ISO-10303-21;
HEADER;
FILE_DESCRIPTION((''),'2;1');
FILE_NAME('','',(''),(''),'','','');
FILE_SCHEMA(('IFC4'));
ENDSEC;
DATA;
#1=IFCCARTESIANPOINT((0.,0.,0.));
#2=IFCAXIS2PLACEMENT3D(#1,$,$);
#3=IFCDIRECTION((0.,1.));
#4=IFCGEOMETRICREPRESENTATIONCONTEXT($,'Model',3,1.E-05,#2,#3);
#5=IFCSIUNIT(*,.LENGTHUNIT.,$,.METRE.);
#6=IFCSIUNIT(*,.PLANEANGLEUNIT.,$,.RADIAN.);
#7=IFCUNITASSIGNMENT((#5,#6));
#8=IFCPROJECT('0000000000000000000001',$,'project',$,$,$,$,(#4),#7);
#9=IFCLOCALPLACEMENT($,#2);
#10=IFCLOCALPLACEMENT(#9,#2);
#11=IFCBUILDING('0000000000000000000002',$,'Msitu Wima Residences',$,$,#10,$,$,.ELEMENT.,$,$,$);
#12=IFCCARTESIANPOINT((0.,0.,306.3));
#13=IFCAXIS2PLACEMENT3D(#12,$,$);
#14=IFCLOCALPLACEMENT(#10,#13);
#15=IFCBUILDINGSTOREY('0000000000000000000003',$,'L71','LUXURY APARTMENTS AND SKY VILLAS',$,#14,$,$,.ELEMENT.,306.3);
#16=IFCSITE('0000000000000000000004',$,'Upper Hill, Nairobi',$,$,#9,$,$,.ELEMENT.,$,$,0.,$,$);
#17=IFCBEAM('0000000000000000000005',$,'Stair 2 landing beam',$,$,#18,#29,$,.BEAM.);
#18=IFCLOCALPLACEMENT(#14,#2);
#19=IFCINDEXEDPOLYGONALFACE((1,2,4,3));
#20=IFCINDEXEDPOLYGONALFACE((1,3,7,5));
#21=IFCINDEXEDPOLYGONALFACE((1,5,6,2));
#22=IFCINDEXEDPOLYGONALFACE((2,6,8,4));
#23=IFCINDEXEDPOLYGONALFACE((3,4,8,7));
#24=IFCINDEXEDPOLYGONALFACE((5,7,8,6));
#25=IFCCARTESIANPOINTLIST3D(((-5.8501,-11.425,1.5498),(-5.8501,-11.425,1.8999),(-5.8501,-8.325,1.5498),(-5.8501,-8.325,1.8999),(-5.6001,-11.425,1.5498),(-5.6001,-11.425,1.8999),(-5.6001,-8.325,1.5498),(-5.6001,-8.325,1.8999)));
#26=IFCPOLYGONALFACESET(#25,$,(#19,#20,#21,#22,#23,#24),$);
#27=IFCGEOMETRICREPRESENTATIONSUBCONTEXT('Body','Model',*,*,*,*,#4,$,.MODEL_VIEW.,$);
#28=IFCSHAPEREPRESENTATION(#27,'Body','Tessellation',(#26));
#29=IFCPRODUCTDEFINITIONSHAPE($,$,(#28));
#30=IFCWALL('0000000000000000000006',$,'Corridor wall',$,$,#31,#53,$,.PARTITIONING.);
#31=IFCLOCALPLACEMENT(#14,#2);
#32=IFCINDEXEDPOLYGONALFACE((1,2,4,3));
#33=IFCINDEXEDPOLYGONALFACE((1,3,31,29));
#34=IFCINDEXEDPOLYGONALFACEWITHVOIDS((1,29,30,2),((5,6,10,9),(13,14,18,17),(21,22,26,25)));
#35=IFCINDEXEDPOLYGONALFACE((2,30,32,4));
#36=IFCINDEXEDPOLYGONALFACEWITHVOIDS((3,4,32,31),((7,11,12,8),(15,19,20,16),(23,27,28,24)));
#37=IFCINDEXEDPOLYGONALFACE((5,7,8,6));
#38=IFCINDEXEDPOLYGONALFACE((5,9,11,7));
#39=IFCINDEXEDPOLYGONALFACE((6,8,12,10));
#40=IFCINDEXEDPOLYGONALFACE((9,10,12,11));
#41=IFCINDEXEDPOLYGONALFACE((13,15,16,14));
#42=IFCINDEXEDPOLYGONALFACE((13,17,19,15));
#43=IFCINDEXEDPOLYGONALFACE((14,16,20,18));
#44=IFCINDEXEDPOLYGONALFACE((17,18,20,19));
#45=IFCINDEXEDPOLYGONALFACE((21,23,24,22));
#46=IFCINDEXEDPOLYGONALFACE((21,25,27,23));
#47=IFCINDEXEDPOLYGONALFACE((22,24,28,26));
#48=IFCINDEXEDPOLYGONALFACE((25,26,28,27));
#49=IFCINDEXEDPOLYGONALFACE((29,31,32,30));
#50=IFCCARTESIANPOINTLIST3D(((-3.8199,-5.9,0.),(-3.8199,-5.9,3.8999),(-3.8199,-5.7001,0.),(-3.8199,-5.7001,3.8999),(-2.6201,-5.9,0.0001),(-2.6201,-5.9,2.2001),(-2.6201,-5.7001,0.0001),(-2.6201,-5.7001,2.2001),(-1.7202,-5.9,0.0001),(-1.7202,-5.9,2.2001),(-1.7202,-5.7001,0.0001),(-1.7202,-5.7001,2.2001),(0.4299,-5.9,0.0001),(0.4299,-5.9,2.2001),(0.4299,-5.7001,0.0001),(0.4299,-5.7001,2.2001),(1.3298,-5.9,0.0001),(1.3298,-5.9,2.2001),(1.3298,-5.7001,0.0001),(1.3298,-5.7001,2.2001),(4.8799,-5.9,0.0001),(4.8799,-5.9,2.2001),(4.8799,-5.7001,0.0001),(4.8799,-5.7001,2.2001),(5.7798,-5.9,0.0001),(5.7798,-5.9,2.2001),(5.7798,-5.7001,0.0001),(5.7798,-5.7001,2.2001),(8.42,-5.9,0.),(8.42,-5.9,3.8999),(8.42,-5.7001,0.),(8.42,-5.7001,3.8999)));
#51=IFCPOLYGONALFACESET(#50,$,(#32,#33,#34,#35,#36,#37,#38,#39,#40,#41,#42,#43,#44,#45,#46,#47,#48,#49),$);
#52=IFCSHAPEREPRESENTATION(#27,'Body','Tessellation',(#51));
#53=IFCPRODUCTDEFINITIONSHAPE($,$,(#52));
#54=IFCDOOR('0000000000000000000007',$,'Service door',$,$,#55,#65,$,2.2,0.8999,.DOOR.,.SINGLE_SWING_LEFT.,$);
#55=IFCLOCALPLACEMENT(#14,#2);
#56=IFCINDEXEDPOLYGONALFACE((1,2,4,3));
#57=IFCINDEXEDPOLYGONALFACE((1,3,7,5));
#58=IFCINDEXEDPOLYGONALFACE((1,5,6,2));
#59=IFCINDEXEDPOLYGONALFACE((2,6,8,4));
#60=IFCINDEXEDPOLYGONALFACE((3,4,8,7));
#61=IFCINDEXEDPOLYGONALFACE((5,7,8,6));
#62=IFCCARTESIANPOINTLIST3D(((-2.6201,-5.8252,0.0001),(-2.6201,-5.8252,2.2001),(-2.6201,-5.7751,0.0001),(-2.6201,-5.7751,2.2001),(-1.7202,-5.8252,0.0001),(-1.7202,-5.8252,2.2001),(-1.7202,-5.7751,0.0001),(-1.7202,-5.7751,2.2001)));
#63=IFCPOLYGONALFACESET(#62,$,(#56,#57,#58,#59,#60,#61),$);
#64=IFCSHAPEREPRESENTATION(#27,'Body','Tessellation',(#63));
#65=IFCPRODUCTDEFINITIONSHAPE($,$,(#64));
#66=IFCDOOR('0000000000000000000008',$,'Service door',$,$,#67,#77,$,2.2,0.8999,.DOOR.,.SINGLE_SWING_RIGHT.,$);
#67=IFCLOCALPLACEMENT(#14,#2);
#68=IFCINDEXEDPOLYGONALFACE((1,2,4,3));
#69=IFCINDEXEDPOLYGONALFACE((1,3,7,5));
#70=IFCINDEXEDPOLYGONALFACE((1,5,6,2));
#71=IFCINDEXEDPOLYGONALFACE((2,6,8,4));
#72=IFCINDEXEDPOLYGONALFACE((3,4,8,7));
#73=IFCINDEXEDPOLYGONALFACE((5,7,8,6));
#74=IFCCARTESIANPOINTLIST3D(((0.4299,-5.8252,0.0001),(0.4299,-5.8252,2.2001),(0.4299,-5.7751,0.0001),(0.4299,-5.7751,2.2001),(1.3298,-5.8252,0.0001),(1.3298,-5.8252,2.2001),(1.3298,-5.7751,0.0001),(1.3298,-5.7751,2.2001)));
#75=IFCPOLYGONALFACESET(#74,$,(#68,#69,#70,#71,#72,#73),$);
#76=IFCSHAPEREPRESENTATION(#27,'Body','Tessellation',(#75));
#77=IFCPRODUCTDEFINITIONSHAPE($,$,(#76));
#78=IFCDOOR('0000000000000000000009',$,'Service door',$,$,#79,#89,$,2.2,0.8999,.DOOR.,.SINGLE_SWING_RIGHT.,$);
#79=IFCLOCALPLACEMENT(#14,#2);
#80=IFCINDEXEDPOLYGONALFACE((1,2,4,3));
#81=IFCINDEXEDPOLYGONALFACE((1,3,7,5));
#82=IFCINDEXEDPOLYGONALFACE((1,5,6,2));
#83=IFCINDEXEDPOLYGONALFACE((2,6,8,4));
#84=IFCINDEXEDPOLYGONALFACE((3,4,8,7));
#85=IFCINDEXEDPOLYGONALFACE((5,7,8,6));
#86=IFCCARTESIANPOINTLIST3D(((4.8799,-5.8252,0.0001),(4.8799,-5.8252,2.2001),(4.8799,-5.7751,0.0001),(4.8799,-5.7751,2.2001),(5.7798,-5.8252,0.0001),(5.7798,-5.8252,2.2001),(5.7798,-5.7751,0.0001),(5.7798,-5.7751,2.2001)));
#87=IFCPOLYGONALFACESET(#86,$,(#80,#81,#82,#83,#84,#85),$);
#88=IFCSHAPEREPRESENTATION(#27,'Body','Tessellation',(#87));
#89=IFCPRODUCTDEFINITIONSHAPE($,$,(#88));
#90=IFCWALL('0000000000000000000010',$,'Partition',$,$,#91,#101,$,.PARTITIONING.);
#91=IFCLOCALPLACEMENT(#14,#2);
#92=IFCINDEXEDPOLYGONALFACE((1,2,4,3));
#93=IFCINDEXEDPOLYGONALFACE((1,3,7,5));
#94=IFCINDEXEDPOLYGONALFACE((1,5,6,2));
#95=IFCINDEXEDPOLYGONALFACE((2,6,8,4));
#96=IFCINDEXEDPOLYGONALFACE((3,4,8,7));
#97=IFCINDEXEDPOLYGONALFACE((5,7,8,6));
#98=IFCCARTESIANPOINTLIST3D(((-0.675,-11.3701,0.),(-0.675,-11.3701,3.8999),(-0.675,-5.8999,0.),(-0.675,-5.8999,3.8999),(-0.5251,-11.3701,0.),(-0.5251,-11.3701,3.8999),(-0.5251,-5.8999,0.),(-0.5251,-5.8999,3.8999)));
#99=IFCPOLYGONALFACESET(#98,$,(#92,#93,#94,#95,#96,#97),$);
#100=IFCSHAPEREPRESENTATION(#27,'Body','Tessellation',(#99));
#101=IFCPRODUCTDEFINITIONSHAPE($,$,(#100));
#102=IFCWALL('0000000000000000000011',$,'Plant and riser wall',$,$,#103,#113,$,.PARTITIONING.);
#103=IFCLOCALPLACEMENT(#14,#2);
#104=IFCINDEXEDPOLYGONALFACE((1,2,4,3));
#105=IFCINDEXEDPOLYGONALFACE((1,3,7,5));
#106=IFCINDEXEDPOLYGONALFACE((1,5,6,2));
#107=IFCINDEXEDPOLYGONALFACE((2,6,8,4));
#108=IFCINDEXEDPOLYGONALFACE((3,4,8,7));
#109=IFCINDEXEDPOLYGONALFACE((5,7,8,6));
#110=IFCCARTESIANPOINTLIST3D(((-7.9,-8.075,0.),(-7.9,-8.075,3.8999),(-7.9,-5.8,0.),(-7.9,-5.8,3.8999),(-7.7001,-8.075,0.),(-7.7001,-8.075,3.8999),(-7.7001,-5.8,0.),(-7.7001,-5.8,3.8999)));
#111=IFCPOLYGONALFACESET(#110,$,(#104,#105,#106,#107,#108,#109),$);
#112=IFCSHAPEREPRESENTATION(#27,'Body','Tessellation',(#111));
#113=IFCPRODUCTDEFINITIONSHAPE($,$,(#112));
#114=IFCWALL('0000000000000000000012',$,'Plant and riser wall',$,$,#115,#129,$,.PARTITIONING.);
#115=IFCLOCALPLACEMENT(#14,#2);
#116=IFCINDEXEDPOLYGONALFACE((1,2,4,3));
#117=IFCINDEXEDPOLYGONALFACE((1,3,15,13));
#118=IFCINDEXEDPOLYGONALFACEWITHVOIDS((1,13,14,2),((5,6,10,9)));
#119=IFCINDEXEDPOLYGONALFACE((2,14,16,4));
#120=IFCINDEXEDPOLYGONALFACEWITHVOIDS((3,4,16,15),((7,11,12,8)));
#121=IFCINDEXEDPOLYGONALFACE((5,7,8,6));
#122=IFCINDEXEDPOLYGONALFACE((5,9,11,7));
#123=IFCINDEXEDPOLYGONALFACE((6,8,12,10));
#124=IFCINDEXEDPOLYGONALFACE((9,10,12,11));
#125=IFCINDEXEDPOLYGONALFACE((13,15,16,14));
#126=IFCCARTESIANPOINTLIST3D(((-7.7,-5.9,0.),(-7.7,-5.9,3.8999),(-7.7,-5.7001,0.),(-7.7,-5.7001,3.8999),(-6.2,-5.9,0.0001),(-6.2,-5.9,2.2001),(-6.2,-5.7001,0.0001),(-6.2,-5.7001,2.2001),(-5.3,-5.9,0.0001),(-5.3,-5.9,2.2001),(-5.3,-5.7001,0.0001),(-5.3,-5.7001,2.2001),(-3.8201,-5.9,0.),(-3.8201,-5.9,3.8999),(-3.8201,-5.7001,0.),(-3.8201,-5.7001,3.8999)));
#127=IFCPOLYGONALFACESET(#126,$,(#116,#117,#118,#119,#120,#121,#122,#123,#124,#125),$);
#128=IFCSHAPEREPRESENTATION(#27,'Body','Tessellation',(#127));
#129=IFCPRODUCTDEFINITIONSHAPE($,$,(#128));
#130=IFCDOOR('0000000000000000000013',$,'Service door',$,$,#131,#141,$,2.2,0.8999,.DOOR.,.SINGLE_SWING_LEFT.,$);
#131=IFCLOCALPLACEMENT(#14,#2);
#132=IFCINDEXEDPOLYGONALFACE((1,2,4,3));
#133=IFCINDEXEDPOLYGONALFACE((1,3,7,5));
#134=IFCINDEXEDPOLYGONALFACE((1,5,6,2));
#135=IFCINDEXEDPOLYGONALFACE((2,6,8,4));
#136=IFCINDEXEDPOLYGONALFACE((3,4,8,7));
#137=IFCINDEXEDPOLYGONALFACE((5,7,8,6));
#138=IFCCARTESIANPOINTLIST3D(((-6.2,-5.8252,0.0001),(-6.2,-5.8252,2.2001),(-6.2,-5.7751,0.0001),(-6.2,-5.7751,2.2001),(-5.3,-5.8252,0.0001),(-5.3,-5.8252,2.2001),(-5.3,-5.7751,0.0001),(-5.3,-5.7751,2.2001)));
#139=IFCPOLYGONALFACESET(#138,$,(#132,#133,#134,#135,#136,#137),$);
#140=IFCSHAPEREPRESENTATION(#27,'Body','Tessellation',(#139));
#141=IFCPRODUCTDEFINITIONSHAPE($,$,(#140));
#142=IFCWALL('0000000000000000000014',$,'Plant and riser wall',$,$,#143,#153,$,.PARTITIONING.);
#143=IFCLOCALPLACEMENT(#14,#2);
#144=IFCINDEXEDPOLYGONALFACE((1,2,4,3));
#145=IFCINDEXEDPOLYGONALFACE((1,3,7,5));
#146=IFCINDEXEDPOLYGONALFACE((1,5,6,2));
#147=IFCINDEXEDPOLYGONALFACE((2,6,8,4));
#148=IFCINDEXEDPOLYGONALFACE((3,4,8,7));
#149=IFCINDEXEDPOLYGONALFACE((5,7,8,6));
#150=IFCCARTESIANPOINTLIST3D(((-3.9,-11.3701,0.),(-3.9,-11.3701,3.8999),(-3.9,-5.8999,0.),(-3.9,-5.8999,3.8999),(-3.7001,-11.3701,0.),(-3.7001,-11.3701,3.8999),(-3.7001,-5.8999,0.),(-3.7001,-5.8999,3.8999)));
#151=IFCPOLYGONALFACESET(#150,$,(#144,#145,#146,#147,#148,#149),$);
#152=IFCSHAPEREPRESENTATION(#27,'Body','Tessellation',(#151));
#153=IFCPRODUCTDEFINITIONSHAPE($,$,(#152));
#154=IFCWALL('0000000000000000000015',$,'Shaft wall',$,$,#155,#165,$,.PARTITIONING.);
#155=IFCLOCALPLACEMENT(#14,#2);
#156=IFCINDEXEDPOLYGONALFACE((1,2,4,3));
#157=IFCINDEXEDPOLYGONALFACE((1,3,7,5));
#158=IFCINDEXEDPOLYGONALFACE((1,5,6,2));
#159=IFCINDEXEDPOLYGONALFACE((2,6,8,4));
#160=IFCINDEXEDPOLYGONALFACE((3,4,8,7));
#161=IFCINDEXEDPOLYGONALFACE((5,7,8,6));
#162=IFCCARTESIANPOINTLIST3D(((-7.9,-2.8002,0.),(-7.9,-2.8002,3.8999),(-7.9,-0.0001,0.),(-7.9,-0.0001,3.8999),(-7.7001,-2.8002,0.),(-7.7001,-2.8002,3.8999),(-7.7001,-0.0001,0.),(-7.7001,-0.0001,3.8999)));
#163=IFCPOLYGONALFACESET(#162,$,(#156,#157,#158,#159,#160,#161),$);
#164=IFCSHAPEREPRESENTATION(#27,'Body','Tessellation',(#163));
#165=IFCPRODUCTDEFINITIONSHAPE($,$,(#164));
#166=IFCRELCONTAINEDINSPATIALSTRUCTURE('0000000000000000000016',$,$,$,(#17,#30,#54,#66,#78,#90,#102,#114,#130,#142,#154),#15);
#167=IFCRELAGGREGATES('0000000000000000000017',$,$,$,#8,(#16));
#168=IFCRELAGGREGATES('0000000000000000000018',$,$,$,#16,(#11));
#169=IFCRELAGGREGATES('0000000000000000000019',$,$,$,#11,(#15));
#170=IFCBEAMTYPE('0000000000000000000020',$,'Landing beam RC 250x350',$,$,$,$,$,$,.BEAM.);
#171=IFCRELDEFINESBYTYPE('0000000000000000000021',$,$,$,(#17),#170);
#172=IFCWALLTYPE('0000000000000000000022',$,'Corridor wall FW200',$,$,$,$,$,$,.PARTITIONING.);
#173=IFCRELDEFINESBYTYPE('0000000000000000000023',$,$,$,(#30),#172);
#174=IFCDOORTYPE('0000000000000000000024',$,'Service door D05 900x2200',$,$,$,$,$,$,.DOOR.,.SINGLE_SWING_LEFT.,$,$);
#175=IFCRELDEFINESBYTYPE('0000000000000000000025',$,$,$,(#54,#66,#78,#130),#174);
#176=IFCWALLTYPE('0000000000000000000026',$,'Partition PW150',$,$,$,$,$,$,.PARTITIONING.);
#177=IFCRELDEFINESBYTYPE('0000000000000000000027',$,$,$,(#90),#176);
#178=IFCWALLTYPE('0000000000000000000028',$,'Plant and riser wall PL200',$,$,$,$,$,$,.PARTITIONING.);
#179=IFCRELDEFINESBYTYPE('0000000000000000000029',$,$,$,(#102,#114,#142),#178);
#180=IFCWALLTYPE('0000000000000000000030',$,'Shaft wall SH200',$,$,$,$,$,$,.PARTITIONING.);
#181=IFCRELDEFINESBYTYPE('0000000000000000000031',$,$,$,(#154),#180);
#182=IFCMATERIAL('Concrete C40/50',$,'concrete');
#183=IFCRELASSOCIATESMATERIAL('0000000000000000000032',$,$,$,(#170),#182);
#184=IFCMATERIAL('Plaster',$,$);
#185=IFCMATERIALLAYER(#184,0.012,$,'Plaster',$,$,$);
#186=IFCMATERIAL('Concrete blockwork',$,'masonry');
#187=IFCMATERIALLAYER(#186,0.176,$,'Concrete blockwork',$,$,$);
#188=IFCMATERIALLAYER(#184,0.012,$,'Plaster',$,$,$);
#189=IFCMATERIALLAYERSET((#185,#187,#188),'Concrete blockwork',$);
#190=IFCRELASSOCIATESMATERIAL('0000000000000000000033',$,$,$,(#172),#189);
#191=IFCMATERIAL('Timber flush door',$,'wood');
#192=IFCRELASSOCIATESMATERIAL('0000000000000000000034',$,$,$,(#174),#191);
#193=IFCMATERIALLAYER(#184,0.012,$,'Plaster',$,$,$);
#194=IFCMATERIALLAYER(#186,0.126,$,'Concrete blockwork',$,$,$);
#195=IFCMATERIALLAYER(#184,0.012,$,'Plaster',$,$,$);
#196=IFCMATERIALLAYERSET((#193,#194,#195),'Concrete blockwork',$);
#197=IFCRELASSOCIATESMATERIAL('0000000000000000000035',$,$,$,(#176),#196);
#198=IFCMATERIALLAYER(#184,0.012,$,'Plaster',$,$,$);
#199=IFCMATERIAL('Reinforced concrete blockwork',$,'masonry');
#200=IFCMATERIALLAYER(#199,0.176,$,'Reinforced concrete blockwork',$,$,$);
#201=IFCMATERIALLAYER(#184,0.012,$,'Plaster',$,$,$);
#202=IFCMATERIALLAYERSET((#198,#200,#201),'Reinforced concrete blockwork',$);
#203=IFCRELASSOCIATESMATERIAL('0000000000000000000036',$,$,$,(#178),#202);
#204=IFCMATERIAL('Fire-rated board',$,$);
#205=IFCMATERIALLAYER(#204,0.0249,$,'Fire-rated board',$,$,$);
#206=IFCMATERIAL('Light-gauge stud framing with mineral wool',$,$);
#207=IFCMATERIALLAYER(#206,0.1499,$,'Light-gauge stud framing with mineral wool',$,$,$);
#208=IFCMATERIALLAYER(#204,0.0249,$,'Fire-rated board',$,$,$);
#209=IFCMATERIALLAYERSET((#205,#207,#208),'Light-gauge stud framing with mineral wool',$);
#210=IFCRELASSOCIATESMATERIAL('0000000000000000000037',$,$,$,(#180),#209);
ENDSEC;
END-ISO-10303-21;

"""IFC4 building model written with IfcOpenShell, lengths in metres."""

from ifc_helpers import new_model, si_unit, direction, frame, frame_2d, origin, origin_2d, place, context, subcontext, project, spatial, rectangle, extrude, material, layer, layer_set, material_profile, profile_set, type_object, element, fill, save


model = new_model("IFC4")

# Units and contexts
model_context = context("Model", 3, precision=1e-05, world=origin(), true_north=direction((0.0, 1.0)))
body_context = subcontext(model_context, "Body", "Model", "MODEL_VIEW")
ifc_project = project(units=[si_unit("LENGTHUNIT", "METRE"), si_unit("PLANEANGLEUNIT", "RADIAN")], contexts=[model_context])

# Site, building, storey
site_placement = place(None, origin())
site = spatial("IfcSite", under=ifc_project, at=site_placement, Name="Upper Hill, Nairobi", CompositionType="ELEMENT", RefElevation=0.0)
building_placement = place(site_placement, origin())
building = spatial("IfcBuilding", under=site, at=building_placement, Name="Msitu Wima Residences", CompositionType="ELEMENT")
storey_placement = place(building_placement, frame((0.0, 0.0, 306.3)))
storey = spatial("IfcBuildingStorey", under=building, at=storey_placement, Name="L71", Description="LUXURY APARTMENTS AND SKY VILLAS", CompositionType="ELEMENT", Elevation=306.3)

# Beam
ifc_material_1 = material(Name="Concrete C40/50", Category="concrete")
ifc_material_profile = material_profile(ifc_material_1, rectangle(XDim=0.25, YDim=0.3501, at=origin_2d()), Name="RC 250x350")
ifc_profile_set = profile_set([ifc_material_profile], Name="Concrete C40/50")
beam_type = type_object("IfcBeamType", Name="Landing beam RC 250x350", PredefinedType="BEAM", material=ifc_profile_set)
beam_placement = place(storey_placement, frame((-5.7251, -11.425, 1.7249), z_axis=(0.0, 1.0, 0.0), x_axis=(-1.0, 0.0, 0.0)))
element("IfcBeam", 1, at=beam_placement, inside=storey, type_object=beam_type, Name="Stair 2 landing beam", PredefinedType="BEAM", context=body_context, shape_type="SweptSolid", body=[
    extrude(rectangle(XDim=0.25, YDim=0.3501, at=origin_2d()), origin(), (0.0, 0.0, 1.0), 3.1001),
])

# Shared definitions
ifc_material_2 = material(Name="Plaster")
ifc_layer_1 = layer(ifc_material_2, 0.012, Name="Plaster")
ifc_material_3 = material(Name="Concrete blockwork", Category="masonry")
ifc_layer_2 = layer(ifc_material_3, 0.176, Name="Concrete blockwork")
ifc_layer_3 = layer(ifc_material_2, 0.012, Name="Plaster")
ifc_layer_set_1 = layer_set([ifc_layer_1, ifc_layer_2, ifc_layer_3], Name="Concrete blockwork")
wall_type_1 = type_object("IfcWallType", Name="Corridor wall FW200", PredefinedType="PARTITIONING", material=ifc_layer_set_1)

# Wall, openings, doors
wall_1_placement = place(storey_placement, frame((-3.8201, -5.8, 0.0), z_axis=(0.0, 0.0, 1.0), x_axis=(1.0, 0.0, 0.0)))
wall_1 = element("IfcWall", 2, at=wall_1_placement, inside=storey, type_object=wall_type_1, Name="Corridor wall", PredefinedType="PARTITIONING", context=body_context, shape_type="SweptSolid", body=[
    extrude(rectangle(XDim=12.24, YDim=0.2, at=frame_2d((6.1201, 0.0))), origin(), (0.0, 0.0, 1.0), 3.8999),
])
opening_1_placement = place(wall_1_placement, frame((1.2, 0.0, 0.0)))
opening_1 = element("IfcOpeningElement", 3, at=opening_1_placement, cuts=wall_1, PredefinedType="OPENING", context=body_context, shape_type="SweptSolid", body=[
    extrude(rectangle(XDim=0.8999, YDim=2.2, at=frame_2d((0.45, 1.1001))), frame((0.0, 0.1099, 0.0), z_axis=(0.0, -1.0, 0.0), x_axis=(1.0, 0.0, 0.0)), (0.0, 0.0, 1.0), 0.22),
])
opening_2_placement = place(wall_1_placement, frame((4.25, 0.0, 0.0)))
opening_2 = element("IfcOpeningElement", 4, at=opening_2_placement, cuts=wall_1, PredefinedType="OPENING", context=body_context, shape_type="SweptSolid", body=[
    extrude(rectangle(XDim=0.8999, YDim=2.2, at=frame_2d((0.45, 1.1001))), frame((0.0, 0.1099, 0.0), z_axis=(0.0, -1.0, 0.0), x_axis=(1.0, 0.0, 0.0)), (0.0, 0.0, 1.0), 0.22),
])
opening_3_placement = place(wall_1_placement, frame((8.7, 0.0, 0.0)))
opening_3 = element("IfcOpeningElement", 5, at=opening_3_placement, cuts=wall_1, PredefinedType="OPENING", context=body_context, shape_type="SweptSolid", body=[
    extrude(rectangle(XDim=0.8999, YDim=2.2, at=frame_2d((0.45, 1.1001))), frame((0.0, 0.1099, 0.0), z_axis=(0.0, -1.0, 0.0), x_axis=(1.0, 0.0, 0.0)), (0.0, 0.0, 1.0), 0.22),
])
ifc_material_4 = material(Name="Timber flush door", Category="wood")
door_type_1 = type_object("IfcDoorType", Name="Service door D05 900x2200", OperationType="SINGLE_SWING_LEFT", PredefinedType="DOOR", material=ifc_material_4)
door_1_placement = place(opening_1_placement, origin())
door_1 = element("IfcDoor", 6, at=door_1_placement, inside=storey, type_object=door_type_1, Name="Service door", OperationType="SINGLE_SWING_LEFT", OverallHeight=2.2, OverallWidth=0.8999, PredefinedType="DOOR", context=body_context, shape_type="SweptSolid", body=[
    extrude(rectangle(XDim=0.8999, YDim=2.2, at=frame_2d((0.45, 1.1001))), frame((0.0, 0.0249, 0.0), z_axis=(0.0, -1.0, 0.0), x_axis=(1.0, 0.0, 0.0)), (0.0, 0.0, 1.0), 0.05),
])
fill(opening_1, door_1)
door_2_placement = place(opening_2_placement, origin())
door_2 = element("IfcDoor", 7, at=door_2_placement, inside=storey, type_object=door_type_1, Name="Service door", OperationType="SINGLE_SWING_RIGHT", OverallHeight=2.2, OverallWidth=0.8999, PredefinedType="DOOR", context=body_context, shape_type="SweptSolid", body=[
    extrude(rectangle(XDim=0.8999, YDim=2.2, at=frame_2d((0.45, 1.1001))), frame((0.0, 0.0249, 0.0), z_axis=(0.0, -1.0, 0.0), x_axis=(1.0, 0.0, 0.0)), (0.0, 0.0, 1.0), 0.05),
])
fill(opening_2, door_2)
door_3_placement = place(opening_3_placement, origin())
door_3 = element("IfcDoor", 8, at=door_3_placement, inside=storey, type_object=door_type_1, Name="Service door", OperationType="SINGLE_SWING_RIGHT", OverallHeight=2.2, OverallWidth=0.8999, PredefinedType="DOOR", context=body_context, shape_type="SweptSolid", body=[
    extrude(rectangle(XDim=0.8999, YDim=2.2, at=frame_2d((0.45, 1.1001))), frame((0.0, 0.0249, 0.0), z_axis=(0.0, -1.0, 0.0), x_axis=(1.0, 0.0, 0.0)), (0.0, 0.0, 1.0), 0.05),
])
fill(opening_3, door_3)

# Walls
ifc_layer_4 = layer(ifc_material_2, 0.012, Name="Plaster")
ifc_layer_5 = layer(ifc_material_3, 0.126, Name="Concrete blockwork")
ifc_layer_6 = layer(ifc_material_2, 0.012, Name="Plaster")
ifc_layer_set_2 = layer_set([ifc_layer_4, ifc_layer_5, ifc_layer_6], Name="Concrete blockwork")
wall_type_2 = type_object("IfcWallType", Name="Partition PW150", PredefinedType="PARTITIONING", material=ifc_layer_set_2)
wall_2_placement = place(storey_placement, frame((-0.6001, -11.3701, 0.0), z_axis=(0.0, 0.0, 1.0), x_axis=(0.0, 1.0, 0.0)))
element("IfcWall", 9, at=wall_2_placement, inside=storey, type_object=wall_type_2, Name="Partition", PredefinedType="PARTITIONING", context=body_context, shape_type="SweptSolid", body=[
    extrude(rectangle(XDim=5.4702, YDim=0.1499, at=frame_2d((2.7351, 0.0))), origin(), (0.0, 0.0, 1.0), 3.8999),
])
ifc_layer_7 = layer(ifc_material_2, 0.012, Name="Plaster")
ifc_material_5 = material(Name="Reinforced concrete blockwork", Category="masonry")
ifc_layer_8 = layer(ifc_material_5, 0.176, Name="Reinforced concrete blockwork")
ifc_layer_9 = layer(ifc_material_2, 0.012, Name="Plaster")
ifc_layer_set_3 = layer_set([ifc_layer_7, ifc_layer_8, ifc_layer_9], Name="Reinforced concrete blockwork")
wall_type_3 = type_object("IfcWallType", Name="Plant and riser wall PL200", PredefinedType="PARTITIONING", material=ifc_layer_set_3)
wall_3_placement = place(storey_placement, frame((-7.8, -8.075, 0.0), z_axis=(0.0, 0.0, 1.0), x_axis=(0.0, 1.0, 0.0)))
element("IfcWall", 10, at=wall_3_placement, inside=storey, type_object=wall_type_3, Name="Plant and riser wall", PredefinedType="PARTITIONING", context=body_context, shape_type="SweptSolid", body=[
    extrude(rectangle(XDim=2.2749, YDim=0.2, at=frame_2d((1.1375, 0.0))), origin(), (0.0, 0.0, 1.0), 3.8999),
])

# Wall, opening, door
wall_4_placement = place(storey_placement, frame((-7.7, -5.8, 0.0), z_axis=(0.0, 0.0, 1.0), x_axis=(1.0, 0.0, 0.0)))
wall_4 = element("IfcWall", 11, at=wall_4_placement, inside=storey, type_object=wall_type_3, Name="Plant and riser wall", PredefinedType="PARTITIONING", context=body_context, shape_type="SweptSolid", body=[
    extrude(rectangle(XDim=3.8799, YDim=0.2, at=frame_2d((1.9399, 0.0))), origin(), (0.0, 0.0, 1.0), 3.8999),
])
opening_4_placement = place(wall_4_placement, frame((1.5, 0.0, 0.0)))
opening_4 = element("IfcOpeningElement", 12, at=opening_4_placement, cuts=wall_4, PredefinedType="OPENING", context=body_context, shape_type="SweptSolid", body=[
    extrude(rectangle(XDim=0.8999, YDim=2.2, at=frame_2d((0.45, 1.1001))), frame((0.0, 0.1099, 0.0), z_axis=(0.0, -1.0, 0.0), x_axis=(1.0, 0.0, 0.0)), (0.0, 0.0, 1.0), 0.22),
])
door_4_placement = place(opening_4_placement, origin())
door_4 = element("IfcDoor", 13, at=door_4_placement, inside=storey, type_object=door_type_1, Name="Service door", OperationType="SINGLE_SWING_LEFT", OverallHeight=2.2, OverallWidth=0.8999, PredefinedType="DOOR", context=body_context, shape_type="SweptSolid", body=[
    extrude(rectangle(XDim=0.8999, YDim=2.2, at=frame_2d((0.45, 1.1001))), frame((0.0, 0.0249, 0.0), z_axis=(0.0, -1.0, 0.0), x_axis=(1.0, 0.0, 0.0)), (0.0, 0.0, 1.0), 0.05),
])
fill(opening_4, door_4)

# Walls
wall_5_placement = place(storey_placement, frame((-3.8, -11.3701, 0.0), z_axis=(0.0, 0.0, 1.0), x_axis=(0.0, 1.0, 0.0)))
element("IfcWall", 14, at=wall_5_placement, inside=storey, type_object=wall_type_3, Name="Plant and riser wall", PredefinedType="PARTITIONING", context=body_context, shape_type="SweptSolid", body=[
    extrude(rectangle(XDim=5.4702, YDim=0.2, at=frame_2d((2.7351, 0.0))), origin(), (0.0, 0.0, 1.0), 3.8999),
])
ifc_material_6 = material(Name="Fire-rated board")
ifc_layer_10 = layer(ifc_material_6, 0.0249, Name="Fire-rated board")
ifc_material_7 = material(Name="Light-gauge stud framing with mineral wool")
ifc_layer_11 = layer(ifc_material_7, 0.1499, Name="Light-gauge stud framing with mineral wool")
ifc_layer_12 = layer(ifc_material_6, 0.0249, Name="Fire-rated board")
ifc_layer_set_4 = layer_set([ifc_layer_10, ifc_layer_11, ifc_layer_12], Name="Light-gauge stud framing with mineral wool")
wall_type_4 = type_object("IfcWallType", Name="Shaft wall SH200", PredefinedType="PARTITIONING", material=ifc_layer_set_4)
wall_6_placement = place(storey_placement, frame((-7.8, -2.8, 0.0), z_axis=(0.0, 0.0, 1.0), x_axis=(0.0, 1.0, 0.0)))
element("IfcWall", 15, at=wall_6_placement, inside=storey, type_object=wall_type_4, Name="Shaft wall", PredefinedType="PARTITIONING", context=body_context, shape_type="SweptSolid", body=[
    extrude(rectangle(XDim=2.8, YDim=0.2, at=frame_2d((1.3999, 0.0))), origin(), (0.0, 0.0, 1.0), 3.8999),
])

save(model, "model.ifc")
